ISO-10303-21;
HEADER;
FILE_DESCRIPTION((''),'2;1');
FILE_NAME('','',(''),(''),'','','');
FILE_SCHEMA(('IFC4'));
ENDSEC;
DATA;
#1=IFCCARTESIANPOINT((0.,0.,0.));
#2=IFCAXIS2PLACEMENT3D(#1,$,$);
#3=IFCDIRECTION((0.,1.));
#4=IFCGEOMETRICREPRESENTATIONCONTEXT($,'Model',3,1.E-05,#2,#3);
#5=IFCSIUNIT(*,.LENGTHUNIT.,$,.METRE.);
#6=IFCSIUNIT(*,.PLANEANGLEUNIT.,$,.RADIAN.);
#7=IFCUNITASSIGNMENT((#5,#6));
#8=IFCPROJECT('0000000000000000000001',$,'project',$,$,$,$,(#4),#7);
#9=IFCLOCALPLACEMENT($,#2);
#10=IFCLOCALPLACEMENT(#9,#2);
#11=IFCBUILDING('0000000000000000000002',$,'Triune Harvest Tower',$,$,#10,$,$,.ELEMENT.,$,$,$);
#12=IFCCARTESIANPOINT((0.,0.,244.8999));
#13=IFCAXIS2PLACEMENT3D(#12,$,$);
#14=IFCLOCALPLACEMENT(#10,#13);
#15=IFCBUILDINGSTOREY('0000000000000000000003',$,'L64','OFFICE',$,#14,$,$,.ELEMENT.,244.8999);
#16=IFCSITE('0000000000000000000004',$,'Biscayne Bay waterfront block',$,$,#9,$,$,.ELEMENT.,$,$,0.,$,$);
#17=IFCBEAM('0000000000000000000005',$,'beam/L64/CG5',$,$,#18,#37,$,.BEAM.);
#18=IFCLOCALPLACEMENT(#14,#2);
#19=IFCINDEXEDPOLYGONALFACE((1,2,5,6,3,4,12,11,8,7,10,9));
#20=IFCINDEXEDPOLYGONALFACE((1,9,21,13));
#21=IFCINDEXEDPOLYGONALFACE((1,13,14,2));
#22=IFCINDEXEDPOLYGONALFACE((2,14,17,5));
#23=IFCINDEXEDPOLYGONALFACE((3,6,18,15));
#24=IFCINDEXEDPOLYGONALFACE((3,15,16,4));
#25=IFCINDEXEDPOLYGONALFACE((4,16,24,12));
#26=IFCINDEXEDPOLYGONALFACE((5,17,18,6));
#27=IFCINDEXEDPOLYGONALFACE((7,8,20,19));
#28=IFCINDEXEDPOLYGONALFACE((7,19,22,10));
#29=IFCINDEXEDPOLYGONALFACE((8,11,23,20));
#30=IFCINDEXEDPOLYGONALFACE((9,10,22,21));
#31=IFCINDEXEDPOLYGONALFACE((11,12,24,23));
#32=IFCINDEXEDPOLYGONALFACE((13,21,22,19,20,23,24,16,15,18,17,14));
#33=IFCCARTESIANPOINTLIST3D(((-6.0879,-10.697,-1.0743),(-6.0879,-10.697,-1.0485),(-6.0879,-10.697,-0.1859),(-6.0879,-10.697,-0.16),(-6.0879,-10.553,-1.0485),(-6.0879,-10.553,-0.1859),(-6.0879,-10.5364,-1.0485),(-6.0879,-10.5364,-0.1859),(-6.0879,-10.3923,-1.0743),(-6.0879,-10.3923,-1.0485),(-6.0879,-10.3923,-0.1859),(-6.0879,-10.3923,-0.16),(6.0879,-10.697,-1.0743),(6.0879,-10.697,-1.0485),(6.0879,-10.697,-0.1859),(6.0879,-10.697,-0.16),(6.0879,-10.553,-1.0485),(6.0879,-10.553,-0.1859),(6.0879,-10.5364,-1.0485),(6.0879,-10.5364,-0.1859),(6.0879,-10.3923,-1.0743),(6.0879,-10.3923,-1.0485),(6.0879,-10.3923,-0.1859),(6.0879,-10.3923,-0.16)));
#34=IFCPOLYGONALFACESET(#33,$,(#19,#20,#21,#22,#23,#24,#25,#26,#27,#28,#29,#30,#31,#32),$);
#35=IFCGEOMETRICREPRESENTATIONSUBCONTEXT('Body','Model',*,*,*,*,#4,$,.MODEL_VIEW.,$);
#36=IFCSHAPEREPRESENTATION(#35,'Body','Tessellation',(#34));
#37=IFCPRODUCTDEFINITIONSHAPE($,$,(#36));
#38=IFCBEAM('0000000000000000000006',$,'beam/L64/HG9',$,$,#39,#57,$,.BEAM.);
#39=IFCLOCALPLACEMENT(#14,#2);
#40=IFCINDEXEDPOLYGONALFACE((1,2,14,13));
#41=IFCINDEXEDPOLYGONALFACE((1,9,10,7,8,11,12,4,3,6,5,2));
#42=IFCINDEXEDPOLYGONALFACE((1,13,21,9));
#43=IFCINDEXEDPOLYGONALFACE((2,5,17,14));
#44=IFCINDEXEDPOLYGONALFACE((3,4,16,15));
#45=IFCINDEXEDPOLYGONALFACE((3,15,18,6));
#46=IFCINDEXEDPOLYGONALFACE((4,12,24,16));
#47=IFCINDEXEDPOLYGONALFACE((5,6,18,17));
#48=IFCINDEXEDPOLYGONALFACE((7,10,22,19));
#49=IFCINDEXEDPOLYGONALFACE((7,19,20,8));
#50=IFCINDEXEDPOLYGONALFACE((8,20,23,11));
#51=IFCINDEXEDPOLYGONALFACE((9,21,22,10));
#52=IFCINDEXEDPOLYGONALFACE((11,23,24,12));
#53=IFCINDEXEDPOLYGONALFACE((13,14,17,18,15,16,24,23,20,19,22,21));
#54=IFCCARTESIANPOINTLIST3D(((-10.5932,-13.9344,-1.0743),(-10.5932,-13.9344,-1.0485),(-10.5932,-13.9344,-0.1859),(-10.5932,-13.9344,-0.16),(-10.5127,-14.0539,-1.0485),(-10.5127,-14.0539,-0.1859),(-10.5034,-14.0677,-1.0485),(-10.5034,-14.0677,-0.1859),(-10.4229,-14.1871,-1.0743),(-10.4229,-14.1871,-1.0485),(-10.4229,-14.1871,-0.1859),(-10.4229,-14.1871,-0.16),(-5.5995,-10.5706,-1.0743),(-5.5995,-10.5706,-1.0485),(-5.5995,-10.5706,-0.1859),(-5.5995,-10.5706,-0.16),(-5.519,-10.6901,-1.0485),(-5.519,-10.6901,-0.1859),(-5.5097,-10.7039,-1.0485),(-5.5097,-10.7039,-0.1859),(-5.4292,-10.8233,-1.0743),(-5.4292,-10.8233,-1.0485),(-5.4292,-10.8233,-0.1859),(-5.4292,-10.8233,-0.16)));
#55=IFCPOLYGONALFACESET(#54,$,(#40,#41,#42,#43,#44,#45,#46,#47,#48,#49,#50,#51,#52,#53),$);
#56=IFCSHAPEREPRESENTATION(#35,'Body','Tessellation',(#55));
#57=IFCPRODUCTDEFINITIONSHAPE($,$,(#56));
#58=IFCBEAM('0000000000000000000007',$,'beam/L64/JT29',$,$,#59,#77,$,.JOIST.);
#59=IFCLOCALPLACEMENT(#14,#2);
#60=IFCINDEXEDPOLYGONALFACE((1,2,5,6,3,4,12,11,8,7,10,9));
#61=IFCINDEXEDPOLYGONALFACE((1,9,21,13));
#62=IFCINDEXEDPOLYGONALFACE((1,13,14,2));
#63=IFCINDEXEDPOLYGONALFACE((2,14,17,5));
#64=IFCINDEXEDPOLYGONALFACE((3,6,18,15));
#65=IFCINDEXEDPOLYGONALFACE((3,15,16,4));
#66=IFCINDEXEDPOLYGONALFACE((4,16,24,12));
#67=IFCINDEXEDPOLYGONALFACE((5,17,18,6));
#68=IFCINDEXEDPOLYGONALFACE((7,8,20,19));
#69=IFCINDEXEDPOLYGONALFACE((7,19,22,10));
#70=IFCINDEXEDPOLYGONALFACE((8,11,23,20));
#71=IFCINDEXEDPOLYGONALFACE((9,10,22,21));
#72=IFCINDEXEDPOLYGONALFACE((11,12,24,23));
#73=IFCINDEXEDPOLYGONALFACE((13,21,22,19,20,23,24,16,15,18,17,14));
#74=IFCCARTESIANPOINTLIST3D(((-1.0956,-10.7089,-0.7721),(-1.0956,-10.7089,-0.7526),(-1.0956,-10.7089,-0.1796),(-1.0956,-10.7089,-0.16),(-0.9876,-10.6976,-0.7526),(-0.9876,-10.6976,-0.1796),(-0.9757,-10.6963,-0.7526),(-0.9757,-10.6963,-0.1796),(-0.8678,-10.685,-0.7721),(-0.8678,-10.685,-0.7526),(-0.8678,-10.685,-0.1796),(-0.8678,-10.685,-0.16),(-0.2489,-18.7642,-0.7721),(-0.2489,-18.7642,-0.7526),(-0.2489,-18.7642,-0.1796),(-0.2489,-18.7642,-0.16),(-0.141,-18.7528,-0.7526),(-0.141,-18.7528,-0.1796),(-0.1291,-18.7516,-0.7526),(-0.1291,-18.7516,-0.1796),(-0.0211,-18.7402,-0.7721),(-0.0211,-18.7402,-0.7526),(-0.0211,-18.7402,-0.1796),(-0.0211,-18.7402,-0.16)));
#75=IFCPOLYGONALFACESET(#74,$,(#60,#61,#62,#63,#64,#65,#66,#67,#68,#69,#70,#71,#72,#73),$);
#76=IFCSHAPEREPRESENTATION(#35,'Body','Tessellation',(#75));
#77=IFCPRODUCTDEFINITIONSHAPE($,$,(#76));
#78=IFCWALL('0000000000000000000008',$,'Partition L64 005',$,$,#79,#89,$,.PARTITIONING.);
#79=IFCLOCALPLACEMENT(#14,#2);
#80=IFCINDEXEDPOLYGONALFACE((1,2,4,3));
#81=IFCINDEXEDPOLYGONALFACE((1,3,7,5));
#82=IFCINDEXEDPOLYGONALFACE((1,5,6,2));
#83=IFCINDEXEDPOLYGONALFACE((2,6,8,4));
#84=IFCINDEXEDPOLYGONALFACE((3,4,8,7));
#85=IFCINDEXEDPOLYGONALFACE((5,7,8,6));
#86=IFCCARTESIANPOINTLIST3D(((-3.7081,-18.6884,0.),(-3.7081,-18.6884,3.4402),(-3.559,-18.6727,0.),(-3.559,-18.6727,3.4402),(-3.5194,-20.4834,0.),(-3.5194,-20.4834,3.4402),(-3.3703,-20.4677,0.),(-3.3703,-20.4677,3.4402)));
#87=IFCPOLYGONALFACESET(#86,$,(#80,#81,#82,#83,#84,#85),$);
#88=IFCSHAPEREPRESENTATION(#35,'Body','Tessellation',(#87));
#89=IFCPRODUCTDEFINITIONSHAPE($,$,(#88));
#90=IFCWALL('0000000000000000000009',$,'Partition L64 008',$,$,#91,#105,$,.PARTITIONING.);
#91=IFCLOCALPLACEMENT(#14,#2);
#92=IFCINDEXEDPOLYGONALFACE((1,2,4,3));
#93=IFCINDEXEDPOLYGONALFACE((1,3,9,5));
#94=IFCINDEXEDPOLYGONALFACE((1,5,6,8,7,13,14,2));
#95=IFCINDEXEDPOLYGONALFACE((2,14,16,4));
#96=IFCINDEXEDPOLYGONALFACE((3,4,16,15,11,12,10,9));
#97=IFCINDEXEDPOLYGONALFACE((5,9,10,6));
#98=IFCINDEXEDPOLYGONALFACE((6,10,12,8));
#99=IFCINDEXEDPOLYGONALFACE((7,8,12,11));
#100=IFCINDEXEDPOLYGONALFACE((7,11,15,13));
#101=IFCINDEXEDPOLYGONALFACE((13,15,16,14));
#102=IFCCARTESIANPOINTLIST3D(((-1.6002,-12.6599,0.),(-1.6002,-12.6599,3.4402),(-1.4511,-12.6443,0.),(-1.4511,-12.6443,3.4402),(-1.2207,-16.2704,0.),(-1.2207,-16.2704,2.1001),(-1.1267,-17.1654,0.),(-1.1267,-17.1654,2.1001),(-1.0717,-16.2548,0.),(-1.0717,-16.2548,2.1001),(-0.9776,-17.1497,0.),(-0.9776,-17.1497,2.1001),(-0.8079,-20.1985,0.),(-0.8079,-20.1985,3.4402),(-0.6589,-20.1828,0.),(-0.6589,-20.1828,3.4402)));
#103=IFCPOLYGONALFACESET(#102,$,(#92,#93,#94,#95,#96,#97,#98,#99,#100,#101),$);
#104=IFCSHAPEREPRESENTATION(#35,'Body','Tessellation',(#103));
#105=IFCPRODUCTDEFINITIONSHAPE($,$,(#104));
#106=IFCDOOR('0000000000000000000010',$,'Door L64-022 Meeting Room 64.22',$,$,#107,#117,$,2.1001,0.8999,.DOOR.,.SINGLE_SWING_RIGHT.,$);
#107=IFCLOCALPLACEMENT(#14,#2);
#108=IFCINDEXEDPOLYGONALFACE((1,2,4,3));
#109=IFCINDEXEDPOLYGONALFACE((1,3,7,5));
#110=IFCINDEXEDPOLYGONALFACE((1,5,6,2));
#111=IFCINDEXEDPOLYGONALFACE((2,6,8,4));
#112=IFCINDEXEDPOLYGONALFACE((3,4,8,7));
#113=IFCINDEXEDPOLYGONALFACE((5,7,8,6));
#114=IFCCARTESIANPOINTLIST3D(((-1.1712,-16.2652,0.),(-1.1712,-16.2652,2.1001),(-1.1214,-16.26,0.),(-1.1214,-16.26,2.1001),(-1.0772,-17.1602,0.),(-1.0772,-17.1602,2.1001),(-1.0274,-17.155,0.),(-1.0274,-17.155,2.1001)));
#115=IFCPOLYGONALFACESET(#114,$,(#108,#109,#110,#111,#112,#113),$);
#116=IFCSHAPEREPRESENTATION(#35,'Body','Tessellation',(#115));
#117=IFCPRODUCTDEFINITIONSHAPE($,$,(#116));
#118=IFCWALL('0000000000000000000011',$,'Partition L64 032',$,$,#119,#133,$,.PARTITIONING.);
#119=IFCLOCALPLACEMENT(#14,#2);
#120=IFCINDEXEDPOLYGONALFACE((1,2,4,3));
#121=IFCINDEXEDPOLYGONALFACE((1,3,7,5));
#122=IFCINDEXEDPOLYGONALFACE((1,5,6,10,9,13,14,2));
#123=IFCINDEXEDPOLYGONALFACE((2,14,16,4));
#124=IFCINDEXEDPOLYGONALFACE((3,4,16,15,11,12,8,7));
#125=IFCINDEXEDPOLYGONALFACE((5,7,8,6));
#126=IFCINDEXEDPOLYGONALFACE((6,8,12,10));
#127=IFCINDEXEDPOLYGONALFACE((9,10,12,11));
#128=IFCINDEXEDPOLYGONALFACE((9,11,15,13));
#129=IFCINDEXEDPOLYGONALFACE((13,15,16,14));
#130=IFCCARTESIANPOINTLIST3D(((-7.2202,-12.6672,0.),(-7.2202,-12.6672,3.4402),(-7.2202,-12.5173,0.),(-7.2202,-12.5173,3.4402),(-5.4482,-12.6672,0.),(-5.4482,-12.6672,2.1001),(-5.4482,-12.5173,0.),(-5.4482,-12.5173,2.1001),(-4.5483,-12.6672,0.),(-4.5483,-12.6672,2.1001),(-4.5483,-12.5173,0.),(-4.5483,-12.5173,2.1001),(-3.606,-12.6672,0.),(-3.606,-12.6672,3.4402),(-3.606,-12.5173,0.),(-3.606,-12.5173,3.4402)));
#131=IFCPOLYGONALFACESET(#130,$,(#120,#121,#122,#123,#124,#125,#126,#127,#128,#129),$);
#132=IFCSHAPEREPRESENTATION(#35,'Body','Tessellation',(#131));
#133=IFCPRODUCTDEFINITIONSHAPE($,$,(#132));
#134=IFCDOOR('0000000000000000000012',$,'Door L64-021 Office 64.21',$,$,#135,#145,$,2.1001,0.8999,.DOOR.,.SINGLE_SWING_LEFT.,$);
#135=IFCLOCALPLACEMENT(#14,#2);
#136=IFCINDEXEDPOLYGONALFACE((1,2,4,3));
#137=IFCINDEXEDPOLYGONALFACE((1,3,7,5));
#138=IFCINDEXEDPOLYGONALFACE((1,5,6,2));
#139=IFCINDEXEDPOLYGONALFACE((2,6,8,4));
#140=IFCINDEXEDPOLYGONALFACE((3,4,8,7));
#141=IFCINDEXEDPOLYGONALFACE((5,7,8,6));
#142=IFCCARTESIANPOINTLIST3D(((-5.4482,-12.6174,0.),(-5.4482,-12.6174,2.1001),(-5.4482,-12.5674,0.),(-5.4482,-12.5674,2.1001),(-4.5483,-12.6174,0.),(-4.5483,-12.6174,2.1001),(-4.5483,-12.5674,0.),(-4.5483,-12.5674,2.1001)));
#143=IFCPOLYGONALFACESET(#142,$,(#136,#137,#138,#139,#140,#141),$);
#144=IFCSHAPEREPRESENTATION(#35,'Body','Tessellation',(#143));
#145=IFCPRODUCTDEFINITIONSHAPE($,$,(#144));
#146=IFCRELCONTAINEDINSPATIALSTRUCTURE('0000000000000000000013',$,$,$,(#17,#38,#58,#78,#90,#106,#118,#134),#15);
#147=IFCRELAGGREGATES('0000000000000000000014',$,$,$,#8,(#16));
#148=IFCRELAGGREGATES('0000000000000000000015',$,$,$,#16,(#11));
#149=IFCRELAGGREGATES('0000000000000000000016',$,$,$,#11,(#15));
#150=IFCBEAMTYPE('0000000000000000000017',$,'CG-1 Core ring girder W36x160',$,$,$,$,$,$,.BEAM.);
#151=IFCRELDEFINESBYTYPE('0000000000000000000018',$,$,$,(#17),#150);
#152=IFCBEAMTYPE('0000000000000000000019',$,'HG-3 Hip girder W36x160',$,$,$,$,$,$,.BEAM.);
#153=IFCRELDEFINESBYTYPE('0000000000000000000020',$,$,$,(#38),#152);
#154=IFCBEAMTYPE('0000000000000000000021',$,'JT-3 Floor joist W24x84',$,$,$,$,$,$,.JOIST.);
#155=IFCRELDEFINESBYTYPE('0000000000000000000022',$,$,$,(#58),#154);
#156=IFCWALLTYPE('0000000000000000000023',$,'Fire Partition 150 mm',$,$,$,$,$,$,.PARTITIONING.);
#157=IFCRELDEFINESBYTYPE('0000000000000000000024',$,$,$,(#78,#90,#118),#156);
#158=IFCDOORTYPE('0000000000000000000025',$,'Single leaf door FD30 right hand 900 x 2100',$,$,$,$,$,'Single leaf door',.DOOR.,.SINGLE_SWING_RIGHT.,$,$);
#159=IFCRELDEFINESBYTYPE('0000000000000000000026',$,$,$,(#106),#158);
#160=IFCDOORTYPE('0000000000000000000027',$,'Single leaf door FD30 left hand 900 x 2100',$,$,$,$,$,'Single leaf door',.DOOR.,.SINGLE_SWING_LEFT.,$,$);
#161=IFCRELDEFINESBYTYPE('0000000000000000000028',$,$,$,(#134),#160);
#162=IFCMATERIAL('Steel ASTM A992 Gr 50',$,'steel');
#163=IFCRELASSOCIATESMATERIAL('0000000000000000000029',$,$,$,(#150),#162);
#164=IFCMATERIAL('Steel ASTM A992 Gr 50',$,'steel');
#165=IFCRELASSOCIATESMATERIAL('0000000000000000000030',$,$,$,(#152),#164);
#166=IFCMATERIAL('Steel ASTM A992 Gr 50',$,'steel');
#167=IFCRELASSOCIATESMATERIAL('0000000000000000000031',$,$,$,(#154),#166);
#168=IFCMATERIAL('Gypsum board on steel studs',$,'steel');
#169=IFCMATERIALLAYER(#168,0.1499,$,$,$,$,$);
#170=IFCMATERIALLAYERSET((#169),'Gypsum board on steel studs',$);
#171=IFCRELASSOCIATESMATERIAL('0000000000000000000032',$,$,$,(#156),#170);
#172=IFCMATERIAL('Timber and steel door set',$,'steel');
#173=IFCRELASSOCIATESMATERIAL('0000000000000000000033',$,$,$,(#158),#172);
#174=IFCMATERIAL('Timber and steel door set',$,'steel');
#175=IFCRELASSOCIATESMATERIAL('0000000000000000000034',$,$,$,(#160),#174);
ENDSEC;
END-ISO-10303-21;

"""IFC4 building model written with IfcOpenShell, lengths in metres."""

from ifc_helpers import new_model, si_unit, direction, frame, frame_2d, origin, origin_2d, place, context, subcontext, project, spatial, rectangle, i_section, extrude, source, transform, mapped, material, layer, layer_set, material_profile, profile_set, type_object, element, fill, save


model = new_model("IFC4")

# Units and contexts
model_context = context("Model", 3, precision=1e-05, world=origin(), true_north=direction((0.0, 1.0)))
body_context = subcontext(model_context, "Body", "Model", "MODEL_VIEW")
ifc_project = project(units=[si_unit("LENGTHUNIT", "METRE"), si_unit("PLANEANGLEUNIT", "RADIAN")], contexts=[model_context])

# Site, building, storey
site_placement = place(None, origin())
site = spatial("IfcSite", under=ifc_project, at=site_placement, Name="Biscayne Bay waterfront block", CompositionType="ELEMENT", RefElevation=0.0)
building_placement = place(site_placement, origin())
building = spatial("IfcBuilding", under=site, at=building_placement, Name="Triune Harvest Tower", CompositionType="ELEMENT")
storey_placement = place(building_placement, frame((0.0, 0.0, 244.8999)))
storey = spatial("IfcBuildingStorey", under=building, at=storey_placement, Name="L64", Description="OFFICE", CompositionType="ELEMENT", Elevation=244.8999)

# Beams
ifc_material_1 = material(Name="Steel ASTM A992 Gr 50", Category="steel")
ifc_material_profile_1 = material_profile(ifc_material_1, i_section(OverallWidth=0.3047, OverallDepth=0.9143, WebThickness=0.0166, FlangeThickness=0.0259, at=origin_2d()), Name="W36x160")
ifc_profile_set_1 = profile_set([ifc_material_profile_1], Name="Steel ASTM A992 Gr 50")
beam_type_1 = type_object("IfcBeamType", Name="CG-1 Core ring girder W36x160", PredefinedType="BEAM", material=ifc_profile_set_1)
shared_shape_1 = source(origin(), body_context, "Body", "SweptSolid", [
    extrude(i_section(OverallWidth=0.3047, OverallDepth=0.9143, WebThickness=0.0166, FlangeThickness=0.0259, at=origin_2d()), origin(), (0.0, 0.0, 1.0), 12.1758),
])
beam_1_placement = place(storey_placement, frame((-6.0879, -10.5447, -0.6172), z_axis=(1.0, 0.0, 0.0), x_axis=(0.0, 1.0, 0.0)))
element("IfcBeam", 1, at=beam_1_placement, inside=storey, type_object=beam_type_1, Name="beam/L64/CG5", PredefinedType="BEAM", context=body_context, shape_type="MappedRepresentation", body=[
    mapped(shared_shape_1, transform((0.0, 0.0, 0.0), scale=1.0)),
])
ifc_material_2 = material(Name="Steel ASTM A992 Gr 50", Category="steel")
ifc_material_profile_2 = material_profile(ifc_material_2, i_section(OverallWidth=0.3047, OverallDepth=0.9143, WebThickness=0.0166, FlangeThickness=0.0259, at=origin_2d()), Name="W36x160")
ifc_profile_set_2 = profile_set([ifc_material_profile_2], Name="Steel ASTM A992 Gr 50")
beam_type_2 = type_object("IfcBeamType", Name="HG-3 Hip girder W36x160", PredefinedType="BEAM", material=ifc_profile_set_2)
shared_shape_2 = source(origin(), body_context, "Body", "SweptSolid", [
    extrude(i_section(OverallWidth=0.3047, OverallDepth=0.9143, WebThickness=0.0166, FlangeThickness=0.0259, at=origin_2d()), origin(), (0.0, 0.0, 1.0), 6.021),
])
beam_2_placement = place(storey_placement, frame((-10.5081, -14.0608, -0.6172), z_axis=(0.829383, 0.55868, 0.0), x_axis=(-0.55868, 0.829383, 0.0)))
element("IfcBeam", 2, at=beam_2_placement, inside=storey, type_object=beam_type_2, Name="beam/L64/HG9", PredefinedType="BEAM", context=body_context, shape_type="MappedRepresentation", body=[
    mapped(shared_shape_2, transform((0.0, 0.0, 0.0), scale=1.0)),
])
ifc_material_3 = material(Name="Steel ASTM A992 Gr 50", Category="steel")
ifc_material_profile_3 = material_profile(ifc_material_3, i_section(OverallWidth=0.229, OverallDepth=0.6121, WebThickness=0.012, FlangeThickness=0.0195, at=origin_2d()), Name="W24x84")
ifc_profile_set_3 = profile_set([ifc_material_profile_3], Name="Steel ASTM A992 Gr 50")
beam_type_3 = type_object("IfcBeamType", Name="JT-3 Floor joist W24x84", PredefinedType="JOIST", material=ifc_profile_set_3)
shared_shape_3 = source(origin(), body_context, "Body", "SweptSolid", [
    extrude(i_section(OverallWidth=0.229, OverallDepth=0.6121, WebThickness=0.012, FlangeThickness=0.0195, at=origin_2d()), origin(), (0.0, 0.0, 1.0), 8.0996),
])
beam_3_placement = place(storey_placement, frame((-0.135, -18.7522, -0.4661), z_axis=(-0.104534, 0.994521, 0.0), x_axis=(-0.994521, -0.104534, 0.0)))
element("IfcBeam", 3, at=beam_3_placement, inside=storey, type_object=beam_type_3, Name="beam/L64/JT29", PredefinedType="JOIST", context=body_context, shape_type="MappedRepresentation", body=[
    mapped(shared_shape_3, transform((0.0, 0.0, 0.0), scale=1.0)),
])

# Wall
ifc_material_4 = material(Name="Gypsum board on steel studs", Category="steel")
ifc_layer_1 = layer(ifc_material_4, 0.1499)
ifc_layer_set_1 = layer_set([ifc_layer_1], Name="Gypsum board on steel studs")
wall_type_1 = type_object("IfcWallType", Name="Fire Partition 150 mm", PredefinedType="PARTITIONING", material=ifc_layer_set_1)
wall_1_placement = place(storey_placement, frame((-3.6335, -18.6807, 0.0), z_axis=(0.0, 0.0, 1.0), x_axis=(0.104565, -0.994518, 0.0)))
element("IfcWall", 4, at=wall_1_placement, inside=storey, type_object=wall_type_1, Name="Partition L64 005", PredefinedType="PARTITIONING", context=body_context, shape_type="SweptSolid", body=[
    extrude(rectangle(XDim=1.8049, YDim=0.1499, at=frame_2d((0.9023, 0.0))), origin(), (0.0, 0.0, 1.0), 3.4402),
])

# Walls, openings, doors
wall_2_placement = place(storey_placement, frame((-1.5256, -12.6521, 0.0), z_axis=(0.0, 0.0, 1.0), x_axis=(0.104515, -0.994523, 0.0)))
wall_2 = element("IfcWall", 5, at=wall_2_placement, inside=storey, type_object=wall_type_1, Name="Partition L64 008", PredefinedType="PARTITIONING", context=body_context, shape_type="SweptSolid", body=[
    extrude(rectangle(XDim=7.5801, YDim=0.1499, at=frame_2d((3.79, 0.0))), origin(), (0.0, 0.0, 1.0), 3.4402),
])
opening_1_placement = place(wall_2_placement, frame((3.6304, 0.0, 0.0)))
opening_1 = element("IfcOpeningElement", 6, at=opening_1_placement, cuts=wall_2, PredefinedType="OPENING", context=body_context, shape_type="SweptSolid", body=[
    extrude(rectangle(XDim=0.8999, YDim=2.1001, at=frame_2d((0.45, 1.05))), frame((0.0, 0.085, 0.0), z_axis=(0.0, -1.0, 0.0), x_axis=(1.0, 0.0, 0.0)), (0.0, 0.0, 1.0), 0.1699),
])
ifc_material_5 = material(Name="Timber and steel door set", Category="steel")
door_type_1 = type_object("IfcDoorType", Name="Single leaf door FD30 right hand 900 x 2100", ElementType="Single leaf door", OperationType="SINGLE_SWING_RIGHT", PredefinedType="DOOR", material=ifc_material_5)
door_1_placement = place(opening_1_placement, origin())
door_1 = element("IfcDoor", 7, at=door_1_placement, inside=storey, type_object=door_type_1, Name="Door L64-022 Meeting Room 64.22", OperationType="SINGLE_SWING_RIGHT", OverallHeight=2.1001, OverallWidth=0.8999, PredefinedType="DOOR", context=body_context, shape_type="SweptSolid", body=[
    extrude(rectangle(XDim=0.8999, YDim=2.1001, at=frame_2d((0.45, 1.05))), frame((0.0, 0.0249, 0.0), z_axis=(0.0, -1.0, 0.0), x_axis=(1.0, 0.0, 0.0)), (0.0, 0.0, 1.0), 0.05),
])
fill(opening_1, door_1)
wall_3_placement = place(storey_placement, frame((-7.2202, -12.5923, 0.0), z_axis=(0.0, 0.0, 1.0), x_axis=(1.0, 0.0, 0.0)))
wall_3 = element("IfcWall", 8, at=wall_3_placement, inside=storey, type_object=wall_type_1, Name="Partition L64 032", PredefinedType="PARTITIONING", context=body_context, shape_type="SweptSolid", body=[
    extrude(rectangle(XDim=3.6143, YDim=0.1499, at=frame_2d((1.8071, 0.0))), origin(), (0.0, 0.0, 1.0), 3.4402),
])
opening_2_placement = place(wall_3_placement, frame((1.772, 0.0, 0.0)))
opening_2 = element("IfcOpeningElement", 9, at=opening_2_placement, cuts=wall_3, PredefinedType="OPENING", context=body_context, shape_type="SweptSolid", body=[
    extrude(rectangle(XDim=0.8999, YDim=2.1001, at=frame_2d((0.45, 1.05))), frame((0.0, 0.085, 0.0), z_axis=(0.0, -1.0, 0.0), x_axis=(1.0, 0.0, 0.0)), (0.0, 0.0, 1.0), 0.1699),
])
ifc_material_6 = material(Name="Timber and steel door set", Category="steel")
door_type_2 = type_object("IfcDoorType", Name="Single leaf door FD30 left hand 900 x 2100", ElementType="Single leaf door", OperationType="SINGLE_SWING_LEFT", PredefinedType="DOOR", material=ifc_material_6)
door_2_placement = place(opening_2_placement, origin())
door_2 = element("IfcDoor", 10, at=door_2_placement, inside=storey, type_object=door_type_2, Name="Door L64-021 Office 64.21", OperationType="SINGLE_SWING_LEFT", OverallHeight=2.1001, OverallWidth=0.8999, PredefinedType="DOOR", context=body_context, shape_type="SweptSolid", body=[
    extrude(rectangle(XDim=0.8999, YDim=2.1001, at=frame_2d((0.45, 1.05))), frame((0.0, 0.0249, 0.0), z_axis=(0.0, -1.0, 0.0), x_axis=(1.0, 0.0, 0.0)), (0.0, 0.0, 1.0), 0.05),
])
fill(opening_2, door_2)

save(model, "model.ifc")
